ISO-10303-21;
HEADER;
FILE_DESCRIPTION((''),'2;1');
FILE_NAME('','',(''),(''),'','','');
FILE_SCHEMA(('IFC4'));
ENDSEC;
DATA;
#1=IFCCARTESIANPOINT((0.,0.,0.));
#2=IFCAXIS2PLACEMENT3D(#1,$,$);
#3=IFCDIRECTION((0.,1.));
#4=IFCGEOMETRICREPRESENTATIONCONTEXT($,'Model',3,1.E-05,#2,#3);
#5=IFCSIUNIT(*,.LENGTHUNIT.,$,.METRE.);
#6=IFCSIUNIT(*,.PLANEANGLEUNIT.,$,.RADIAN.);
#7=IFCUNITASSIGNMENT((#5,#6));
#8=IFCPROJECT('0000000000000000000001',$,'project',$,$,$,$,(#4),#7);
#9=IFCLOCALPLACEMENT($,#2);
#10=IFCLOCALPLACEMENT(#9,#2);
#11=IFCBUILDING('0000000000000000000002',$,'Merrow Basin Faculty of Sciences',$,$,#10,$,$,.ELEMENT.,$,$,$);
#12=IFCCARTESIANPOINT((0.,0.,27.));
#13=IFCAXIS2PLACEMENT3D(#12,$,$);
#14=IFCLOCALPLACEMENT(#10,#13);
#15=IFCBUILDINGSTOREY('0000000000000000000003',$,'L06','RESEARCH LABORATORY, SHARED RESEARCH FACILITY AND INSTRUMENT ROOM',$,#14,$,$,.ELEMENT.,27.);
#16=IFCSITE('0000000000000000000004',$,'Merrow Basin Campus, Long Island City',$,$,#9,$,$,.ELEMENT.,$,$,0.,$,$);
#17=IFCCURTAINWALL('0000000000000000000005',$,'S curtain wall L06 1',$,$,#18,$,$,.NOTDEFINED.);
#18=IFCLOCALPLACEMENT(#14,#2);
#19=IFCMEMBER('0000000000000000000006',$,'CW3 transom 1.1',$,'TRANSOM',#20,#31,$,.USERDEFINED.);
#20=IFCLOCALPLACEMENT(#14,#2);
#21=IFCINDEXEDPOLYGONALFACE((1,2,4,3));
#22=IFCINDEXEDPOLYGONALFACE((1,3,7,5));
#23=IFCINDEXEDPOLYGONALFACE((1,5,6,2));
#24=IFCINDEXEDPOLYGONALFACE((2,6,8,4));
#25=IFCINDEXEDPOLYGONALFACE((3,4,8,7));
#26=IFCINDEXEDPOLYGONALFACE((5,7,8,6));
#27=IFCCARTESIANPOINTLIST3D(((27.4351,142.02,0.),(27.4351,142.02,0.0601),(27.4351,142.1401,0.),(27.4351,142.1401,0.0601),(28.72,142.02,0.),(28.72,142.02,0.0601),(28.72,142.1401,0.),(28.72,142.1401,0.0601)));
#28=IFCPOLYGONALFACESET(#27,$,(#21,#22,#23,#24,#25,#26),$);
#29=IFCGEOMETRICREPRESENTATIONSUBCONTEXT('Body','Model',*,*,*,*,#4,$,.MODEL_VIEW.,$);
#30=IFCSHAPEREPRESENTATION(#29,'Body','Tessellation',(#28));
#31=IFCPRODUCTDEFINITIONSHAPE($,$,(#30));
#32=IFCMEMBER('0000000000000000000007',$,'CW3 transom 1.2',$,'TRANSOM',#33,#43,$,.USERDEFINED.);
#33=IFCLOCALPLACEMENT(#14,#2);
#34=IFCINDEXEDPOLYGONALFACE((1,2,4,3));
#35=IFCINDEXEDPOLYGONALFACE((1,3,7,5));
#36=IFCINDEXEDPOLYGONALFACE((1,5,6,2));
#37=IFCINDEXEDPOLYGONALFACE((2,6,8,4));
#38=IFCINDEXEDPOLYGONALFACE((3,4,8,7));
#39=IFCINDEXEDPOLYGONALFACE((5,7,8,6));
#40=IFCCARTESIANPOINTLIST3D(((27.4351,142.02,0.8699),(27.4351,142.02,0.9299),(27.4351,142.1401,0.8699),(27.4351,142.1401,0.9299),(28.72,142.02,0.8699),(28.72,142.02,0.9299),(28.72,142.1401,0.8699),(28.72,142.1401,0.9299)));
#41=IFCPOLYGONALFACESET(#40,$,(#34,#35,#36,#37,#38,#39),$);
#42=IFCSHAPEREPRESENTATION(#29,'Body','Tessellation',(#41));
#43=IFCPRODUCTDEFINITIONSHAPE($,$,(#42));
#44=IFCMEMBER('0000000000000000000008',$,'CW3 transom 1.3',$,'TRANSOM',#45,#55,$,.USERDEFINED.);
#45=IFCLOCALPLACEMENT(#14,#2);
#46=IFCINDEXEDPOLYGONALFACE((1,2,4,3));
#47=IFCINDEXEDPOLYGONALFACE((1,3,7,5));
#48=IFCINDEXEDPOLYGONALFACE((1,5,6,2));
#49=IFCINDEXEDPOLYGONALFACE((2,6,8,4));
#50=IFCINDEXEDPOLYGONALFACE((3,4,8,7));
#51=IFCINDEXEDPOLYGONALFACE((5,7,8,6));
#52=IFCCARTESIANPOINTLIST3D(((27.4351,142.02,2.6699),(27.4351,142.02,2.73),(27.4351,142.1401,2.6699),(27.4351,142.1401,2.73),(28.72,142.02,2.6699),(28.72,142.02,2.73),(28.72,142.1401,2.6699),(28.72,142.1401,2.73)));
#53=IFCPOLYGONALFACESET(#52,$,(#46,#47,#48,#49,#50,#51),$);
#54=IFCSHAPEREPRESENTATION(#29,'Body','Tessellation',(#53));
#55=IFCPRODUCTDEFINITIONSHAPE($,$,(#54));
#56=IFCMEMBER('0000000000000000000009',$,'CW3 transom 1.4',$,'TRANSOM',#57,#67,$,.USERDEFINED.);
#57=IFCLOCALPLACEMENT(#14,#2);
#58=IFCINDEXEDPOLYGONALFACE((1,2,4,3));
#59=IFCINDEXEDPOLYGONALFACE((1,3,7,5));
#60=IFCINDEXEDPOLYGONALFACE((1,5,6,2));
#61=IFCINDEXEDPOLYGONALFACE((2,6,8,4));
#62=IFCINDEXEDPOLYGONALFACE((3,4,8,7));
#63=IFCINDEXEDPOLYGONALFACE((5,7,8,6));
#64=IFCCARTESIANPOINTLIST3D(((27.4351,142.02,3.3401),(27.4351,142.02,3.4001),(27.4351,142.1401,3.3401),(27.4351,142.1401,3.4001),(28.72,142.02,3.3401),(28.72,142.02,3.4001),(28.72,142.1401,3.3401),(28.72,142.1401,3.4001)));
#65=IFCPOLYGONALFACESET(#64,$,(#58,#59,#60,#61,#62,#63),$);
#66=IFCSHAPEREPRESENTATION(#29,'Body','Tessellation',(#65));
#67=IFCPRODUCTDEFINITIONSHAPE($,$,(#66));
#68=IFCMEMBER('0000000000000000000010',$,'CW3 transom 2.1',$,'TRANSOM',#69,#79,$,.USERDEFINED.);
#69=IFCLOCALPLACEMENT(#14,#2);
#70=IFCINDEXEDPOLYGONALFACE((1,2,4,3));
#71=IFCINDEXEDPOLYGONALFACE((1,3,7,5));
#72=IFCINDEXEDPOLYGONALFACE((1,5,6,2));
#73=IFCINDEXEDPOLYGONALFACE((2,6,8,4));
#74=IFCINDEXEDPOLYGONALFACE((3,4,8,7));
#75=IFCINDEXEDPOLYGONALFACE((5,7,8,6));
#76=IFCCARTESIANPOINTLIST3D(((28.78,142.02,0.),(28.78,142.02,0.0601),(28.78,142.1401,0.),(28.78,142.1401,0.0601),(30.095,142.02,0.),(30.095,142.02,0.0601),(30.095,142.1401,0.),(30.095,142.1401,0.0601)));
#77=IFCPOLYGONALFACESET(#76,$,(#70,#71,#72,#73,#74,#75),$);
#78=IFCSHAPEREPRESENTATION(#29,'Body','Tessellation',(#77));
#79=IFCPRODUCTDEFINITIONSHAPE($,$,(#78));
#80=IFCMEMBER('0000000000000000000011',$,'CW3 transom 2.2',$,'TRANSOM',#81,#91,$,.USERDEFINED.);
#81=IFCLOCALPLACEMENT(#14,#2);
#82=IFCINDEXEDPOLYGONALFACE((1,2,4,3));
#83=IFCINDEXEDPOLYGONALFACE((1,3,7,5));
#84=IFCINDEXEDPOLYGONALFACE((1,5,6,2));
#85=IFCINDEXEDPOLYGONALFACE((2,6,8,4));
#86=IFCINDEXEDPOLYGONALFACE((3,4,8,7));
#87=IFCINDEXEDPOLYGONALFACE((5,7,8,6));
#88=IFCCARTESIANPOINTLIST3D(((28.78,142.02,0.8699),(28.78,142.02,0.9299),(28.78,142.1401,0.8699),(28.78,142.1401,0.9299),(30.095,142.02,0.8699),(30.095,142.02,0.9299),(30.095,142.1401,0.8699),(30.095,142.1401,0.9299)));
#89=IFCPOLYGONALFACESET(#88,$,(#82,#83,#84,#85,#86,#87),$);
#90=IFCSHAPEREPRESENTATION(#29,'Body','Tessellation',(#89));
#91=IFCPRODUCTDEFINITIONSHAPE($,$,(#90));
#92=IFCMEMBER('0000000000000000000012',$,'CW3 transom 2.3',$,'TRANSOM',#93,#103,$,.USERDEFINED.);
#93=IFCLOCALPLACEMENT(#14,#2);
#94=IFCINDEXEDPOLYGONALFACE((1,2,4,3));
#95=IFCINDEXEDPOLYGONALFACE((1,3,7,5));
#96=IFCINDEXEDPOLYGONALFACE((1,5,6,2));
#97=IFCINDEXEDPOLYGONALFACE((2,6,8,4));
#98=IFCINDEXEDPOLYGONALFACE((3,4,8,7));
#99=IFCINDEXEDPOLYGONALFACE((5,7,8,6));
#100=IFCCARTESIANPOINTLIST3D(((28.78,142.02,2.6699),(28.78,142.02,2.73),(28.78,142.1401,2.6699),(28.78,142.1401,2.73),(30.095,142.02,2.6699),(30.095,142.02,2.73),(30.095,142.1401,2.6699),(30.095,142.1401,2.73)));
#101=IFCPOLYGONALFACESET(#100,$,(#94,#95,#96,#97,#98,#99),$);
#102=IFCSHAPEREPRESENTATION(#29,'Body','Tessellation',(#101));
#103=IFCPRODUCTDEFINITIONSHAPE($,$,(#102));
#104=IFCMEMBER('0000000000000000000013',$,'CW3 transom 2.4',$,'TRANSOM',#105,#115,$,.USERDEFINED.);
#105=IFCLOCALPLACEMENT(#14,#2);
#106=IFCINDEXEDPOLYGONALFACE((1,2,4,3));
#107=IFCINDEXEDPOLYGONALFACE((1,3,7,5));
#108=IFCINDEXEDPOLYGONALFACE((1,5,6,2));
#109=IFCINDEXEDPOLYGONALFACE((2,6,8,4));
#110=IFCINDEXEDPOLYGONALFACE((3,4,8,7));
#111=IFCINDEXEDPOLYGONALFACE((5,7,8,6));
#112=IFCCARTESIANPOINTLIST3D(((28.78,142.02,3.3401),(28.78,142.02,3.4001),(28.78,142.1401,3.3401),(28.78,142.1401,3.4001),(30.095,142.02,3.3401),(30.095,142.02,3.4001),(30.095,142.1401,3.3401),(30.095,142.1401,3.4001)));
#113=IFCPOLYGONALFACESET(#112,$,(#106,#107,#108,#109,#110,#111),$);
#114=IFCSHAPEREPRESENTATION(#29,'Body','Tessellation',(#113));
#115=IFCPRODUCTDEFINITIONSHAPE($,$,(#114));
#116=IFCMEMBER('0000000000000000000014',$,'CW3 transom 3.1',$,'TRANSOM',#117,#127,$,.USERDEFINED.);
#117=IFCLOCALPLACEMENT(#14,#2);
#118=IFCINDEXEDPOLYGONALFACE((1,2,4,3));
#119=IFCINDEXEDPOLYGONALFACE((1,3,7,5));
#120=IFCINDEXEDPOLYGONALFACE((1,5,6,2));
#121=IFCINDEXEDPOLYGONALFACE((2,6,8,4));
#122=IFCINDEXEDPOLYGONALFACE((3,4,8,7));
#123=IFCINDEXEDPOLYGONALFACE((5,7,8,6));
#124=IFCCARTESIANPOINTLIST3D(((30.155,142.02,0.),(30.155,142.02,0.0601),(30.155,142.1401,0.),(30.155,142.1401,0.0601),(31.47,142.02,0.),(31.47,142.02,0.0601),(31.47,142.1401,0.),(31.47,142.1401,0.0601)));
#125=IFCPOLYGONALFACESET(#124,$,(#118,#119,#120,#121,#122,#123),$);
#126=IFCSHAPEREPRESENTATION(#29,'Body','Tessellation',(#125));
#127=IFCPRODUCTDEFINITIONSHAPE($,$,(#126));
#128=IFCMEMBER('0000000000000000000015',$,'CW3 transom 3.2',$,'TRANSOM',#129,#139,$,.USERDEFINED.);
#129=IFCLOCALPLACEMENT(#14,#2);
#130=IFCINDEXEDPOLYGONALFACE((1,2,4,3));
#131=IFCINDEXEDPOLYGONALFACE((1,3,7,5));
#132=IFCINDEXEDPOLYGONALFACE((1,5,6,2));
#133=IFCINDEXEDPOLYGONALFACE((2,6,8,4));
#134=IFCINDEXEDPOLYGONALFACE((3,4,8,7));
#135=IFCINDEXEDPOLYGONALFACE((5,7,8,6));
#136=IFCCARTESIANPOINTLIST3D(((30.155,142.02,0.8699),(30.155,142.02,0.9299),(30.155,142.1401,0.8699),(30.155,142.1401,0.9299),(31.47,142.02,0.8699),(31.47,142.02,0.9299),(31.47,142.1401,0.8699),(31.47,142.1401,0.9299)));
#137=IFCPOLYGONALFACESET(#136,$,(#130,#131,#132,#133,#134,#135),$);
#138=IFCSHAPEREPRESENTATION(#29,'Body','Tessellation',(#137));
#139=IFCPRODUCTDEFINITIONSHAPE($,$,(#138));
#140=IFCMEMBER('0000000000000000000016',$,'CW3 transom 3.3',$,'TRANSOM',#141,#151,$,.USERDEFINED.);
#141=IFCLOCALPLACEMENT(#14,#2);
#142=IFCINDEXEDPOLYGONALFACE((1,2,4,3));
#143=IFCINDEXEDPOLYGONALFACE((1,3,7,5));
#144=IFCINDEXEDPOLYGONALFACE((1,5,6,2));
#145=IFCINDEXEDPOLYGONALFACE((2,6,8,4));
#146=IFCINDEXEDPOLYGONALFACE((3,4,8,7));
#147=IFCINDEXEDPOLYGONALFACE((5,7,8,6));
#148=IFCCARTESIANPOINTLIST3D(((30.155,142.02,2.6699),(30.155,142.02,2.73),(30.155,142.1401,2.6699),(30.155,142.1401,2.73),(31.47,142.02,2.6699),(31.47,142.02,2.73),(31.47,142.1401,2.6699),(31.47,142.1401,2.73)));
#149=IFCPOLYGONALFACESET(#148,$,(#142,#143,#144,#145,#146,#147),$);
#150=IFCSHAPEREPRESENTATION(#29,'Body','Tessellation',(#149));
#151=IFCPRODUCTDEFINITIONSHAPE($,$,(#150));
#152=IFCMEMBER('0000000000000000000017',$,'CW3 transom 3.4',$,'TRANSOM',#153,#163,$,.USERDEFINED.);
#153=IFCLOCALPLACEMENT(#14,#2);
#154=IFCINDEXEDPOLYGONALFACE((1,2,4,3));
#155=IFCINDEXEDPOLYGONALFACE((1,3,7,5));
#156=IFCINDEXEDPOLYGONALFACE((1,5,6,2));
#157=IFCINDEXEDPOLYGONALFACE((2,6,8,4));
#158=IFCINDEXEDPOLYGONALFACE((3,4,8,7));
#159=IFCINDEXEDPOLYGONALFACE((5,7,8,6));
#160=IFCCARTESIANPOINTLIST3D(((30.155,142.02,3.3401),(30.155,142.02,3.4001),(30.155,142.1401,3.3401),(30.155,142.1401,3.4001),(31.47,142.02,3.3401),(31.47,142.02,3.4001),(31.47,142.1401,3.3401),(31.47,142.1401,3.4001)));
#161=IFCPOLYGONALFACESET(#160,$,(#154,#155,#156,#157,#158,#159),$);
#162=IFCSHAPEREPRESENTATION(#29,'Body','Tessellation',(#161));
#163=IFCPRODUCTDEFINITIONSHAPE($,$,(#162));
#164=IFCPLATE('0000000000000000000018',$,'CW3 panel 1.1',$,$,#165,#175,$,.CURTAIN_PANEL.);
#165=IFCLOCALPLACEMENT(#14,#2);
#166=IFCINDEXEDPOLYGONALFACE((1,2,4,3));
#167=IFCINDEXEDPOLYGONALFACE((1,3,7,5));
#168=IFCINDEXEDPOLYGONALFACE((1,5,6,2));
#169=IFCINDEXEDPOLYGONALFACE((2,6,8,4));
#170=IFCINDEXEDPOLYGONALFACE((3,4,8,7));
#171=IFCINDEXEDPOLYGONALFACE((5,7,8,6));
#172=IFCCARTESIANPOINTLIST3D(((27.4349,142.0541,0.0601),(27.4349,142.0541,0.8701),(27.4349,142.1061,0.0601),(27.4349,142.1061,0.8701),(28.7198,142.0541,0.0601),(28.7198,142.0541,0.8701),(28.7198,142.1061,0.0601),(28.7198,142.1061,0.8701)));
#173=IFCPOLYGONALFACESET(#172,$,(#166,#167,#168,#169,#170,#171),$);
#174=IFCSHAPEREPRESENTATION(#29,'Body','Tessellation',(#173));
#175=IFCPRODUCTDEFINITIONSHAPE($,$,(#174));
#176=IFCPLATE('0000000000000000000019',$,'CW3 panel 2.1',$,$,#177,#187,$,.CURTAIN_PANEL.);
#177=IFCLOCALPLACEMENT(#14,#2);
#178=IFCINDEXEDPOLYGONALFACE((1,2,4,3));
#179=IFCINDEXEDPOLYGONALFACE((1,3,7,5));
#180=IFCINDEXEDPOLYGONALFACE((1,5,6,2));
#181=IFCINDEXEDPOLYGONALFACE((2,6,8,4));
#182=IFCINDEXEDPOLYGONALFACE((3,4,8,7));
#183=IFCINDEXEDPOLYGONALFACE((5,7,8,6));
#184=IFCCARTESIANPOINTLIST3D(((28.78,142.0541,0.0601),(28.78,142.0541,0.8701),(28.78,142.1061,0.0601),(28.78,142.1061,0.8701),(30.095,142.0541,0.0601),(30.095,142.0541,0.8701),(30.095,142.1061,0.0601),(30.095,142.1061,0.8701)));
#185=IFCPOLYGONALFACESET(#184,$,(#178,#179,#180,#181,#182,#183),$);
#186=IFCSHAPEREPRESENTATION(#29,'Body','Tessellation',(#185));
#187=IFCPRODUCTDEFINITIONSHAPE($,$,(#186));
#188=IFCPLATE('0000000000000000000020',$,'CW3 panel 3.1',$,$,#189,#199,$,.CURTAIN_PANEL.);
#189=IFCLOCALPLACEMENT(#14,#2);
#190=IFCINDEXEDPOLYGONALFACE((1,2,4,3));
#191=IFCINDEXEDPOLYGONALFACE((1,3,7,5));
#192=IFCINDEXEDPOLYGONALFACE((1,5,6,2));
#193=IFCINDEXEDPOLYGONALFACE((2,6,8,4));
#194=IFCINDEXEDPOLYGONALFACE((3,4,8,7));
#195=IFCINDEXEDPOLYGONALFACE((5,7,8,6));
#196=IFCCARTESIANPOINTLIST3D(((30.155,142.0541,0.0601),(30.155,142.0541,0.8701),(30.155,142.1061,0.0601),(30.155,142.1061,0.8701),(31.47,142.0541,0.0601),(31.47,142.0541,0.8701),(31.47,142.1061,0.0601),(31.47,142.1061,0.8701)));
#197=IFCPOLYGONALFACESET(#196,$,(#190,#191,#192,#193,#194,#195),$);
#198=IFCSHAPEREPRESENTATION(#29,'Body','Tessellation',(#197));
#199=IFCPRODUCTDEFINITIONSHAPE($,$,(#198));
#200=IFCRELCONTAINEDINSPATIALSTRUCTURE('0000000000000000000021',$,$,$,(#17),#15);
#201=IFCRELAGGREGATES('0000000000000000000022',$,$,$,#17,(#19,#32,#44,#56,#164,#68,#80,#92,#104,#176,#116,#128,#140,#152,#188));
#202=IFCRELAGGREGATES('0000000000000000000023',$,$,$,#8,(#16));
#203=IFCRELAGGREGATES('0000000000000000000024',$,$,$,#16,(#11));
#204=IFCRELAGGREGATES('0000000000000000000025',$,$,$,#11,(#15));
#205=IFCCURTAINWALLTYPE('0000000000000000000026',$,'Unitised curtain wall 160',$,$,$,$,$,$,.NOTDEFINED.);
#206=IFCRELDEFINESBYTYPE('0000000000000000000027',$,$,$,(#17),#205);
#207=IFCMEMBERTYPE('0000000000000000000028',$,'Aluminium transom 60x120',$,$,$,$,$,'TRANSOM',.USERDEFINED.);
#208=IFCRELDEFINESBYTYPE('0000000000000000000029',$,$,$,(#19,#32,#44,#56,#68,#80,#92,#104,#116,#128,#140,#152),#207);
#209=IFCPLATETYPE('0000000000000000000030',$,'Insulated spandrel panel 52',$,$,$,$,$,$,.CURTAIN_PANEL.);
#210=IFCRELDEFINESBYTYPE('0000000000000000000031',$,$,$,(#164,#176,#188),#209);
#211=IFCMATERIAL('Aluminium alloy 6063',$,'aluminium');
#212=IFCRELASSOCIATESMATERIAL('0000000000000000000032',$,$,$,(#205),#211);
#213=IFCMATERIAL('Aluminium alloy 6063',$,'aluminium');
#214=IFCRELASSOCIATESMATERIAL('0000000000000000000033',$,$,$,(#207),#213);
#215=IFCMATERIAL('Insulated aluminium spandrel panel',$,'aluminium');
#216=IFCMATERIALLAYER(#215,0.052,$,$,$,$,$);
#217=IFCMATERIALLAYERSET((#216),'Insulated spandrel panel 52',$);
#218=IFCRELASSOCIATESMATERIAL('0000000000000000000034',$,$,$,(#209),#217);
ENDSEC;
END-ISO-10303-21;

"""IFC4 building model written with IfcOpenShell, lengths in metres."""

from ifc_helpers import new_model, si_unit, direction, frame, origin, origin_2d, place, context, subcontext, project, spatial, rectangle, extrude, material, layer, layer_set, material_profile, profile_set, type_object, element, aggregate, save


model = new_model("IFC4")

# Units and contexts
model_context = context("Model", 3, precision=1e-05, world=origin(), true_north=direction((0.0, 1.0)))
body_context = subcontext(model_context, "Body", "Model", "MODEL_VIEW")
ifc_project = project(units=[si_unit("LENGTHUNIT", "METRE"), si_unit("PLANEANGLEUNIT", "RADIAN")], contexts=[model_context])

# Site, building, storey
site_placement = place(None, origin())
site = spatial("IfcSite", under=ifc_project, at=site_placement, Name="Merrow Basin Campus, Long Island City", CompositionType="ELEMENT", RefElevation=0.0)
building_placement = place(site_placement, origin())
building = spatial("IfcBuilding", under=site, at=building_placement, Name="Merrow Basin Faculty of Sciences", CompositionType="ELEMENT")
storey_placement = place(building_placement, frame((0.0, 0.0, 27.0)))
storey = spatial("IfcBuildingStorey", under=building, at=storey_placement, Name="L06", Description="RESEARCH LABORATORY, SHARED RESEARCH FACILITY AND INSTRUMENT ROOM", CompositionType="ELEMENT", Elevation=27.0)

# Curtain wall, members, plates
ifc_material_1 = material(Name="Aluminium alloy 6063", Category="aluminium")
curtain_wall_type = type_object("IfcCurtainWallType", Name="Unitised curtain wall 160", PredefinedType="NOTDEFINED", material=ifc_material_1)
curtain_wall_placement = place(storey_placement, origin())
curtain_wall = element("IfcCurtainWall", 1, at=curtain_wall_placement, inside=storey, type_object=curtain_wall_type, Name="S curtain wall L06 1", PredefinedType="NOTDEFINED")
ifc_material_2 = material(Name="Aluminium alloy 6063", Category="aluminium")
ifc_material_profile = material_profile(ifc_material_2, rectangle(XDim=0.1201, YDim=0.0601, at=origin_2d()))
ifc_profile_set = profile_set([ifc_material_profile], Name="Aluminium alloy 6063")
member_type = type_object("IfcMemberType", Name="Aluminium transom 60x120", ElementType="TRANSOM", PredefinedType="USERDEFINED", material=ifc_profile_set)
member_1_placement = place(storey_placement, frame((27.4351, 142.0801, 0.03), z_axis=(1.0, 0.0, 0.0), x_axis=(0.0, 1.0, 0.0)))
member_1 = element("IfcMember", 2, at=member_1_placement, type_object=member_type, Name="CW3 transom 1.1", ObjectType="TRANSOM", PredefinedType="USERDEFINED", context=body_context, shape_type="SweptSolid", body=[
    extrude(rectangle(XDim=0.1201, YDim=0.0601, at=origin_2d()), origin(), (0.0, 0.0, 1.0), 1.2849),
])
member_2_placement = place(storey_placement, frame((27.4351, 142.0801, 0.8999), z_axis=(1.0, 0.0, 0.0), x_axis=(0.0, 1.0, 0.0)))
member_2 = element("IfcMember", 3, at=member_2_placement, type_object=member_type, Name="CW3 transom 1.2", ObjectType="TRANSOM", PredefinedType="USERDEFINED", context=body_context, shape_type="SweptSolid", body=[
    extrude(rectangle(XDim=0.1201, YDim=0.0601, at=origin_2d()), origin(), (0.0, 0.0, 1.0), 1.2849),
])
member_3_placement = place(storey_placement, frame((27.4351, 142.0801, 2.7), z_axis=(1.0, 0.0, 0.0), x_axis=(0.0, 1.0, 0.0)))
member_3 = element("IfcMember", 4, at=member_3_placement, type_object=member_type, Name="CW3 transom 1.3", ObjectType="TRANSOM", PredefinedType="USERDEFINED", context=body_context, shape_type="SweptSolid", body=[
    extrude(rectangle(XDim=0.1201, YDim=0.0601, at=origin_2d()), origin(), (0.0, 0.0, 1.0), 1.2849),
])
member_4_placement = place(storey_placement, frame((27.4351, 142.0801, 3.3701), z_axis=(1.0, 0.0, 0.0), x_axis=(0.0, 1.0, 0.0)))
member_4 = element("IfcMember", 5, at=member_4_placement, type_object=member_type, Name="CW3 transom 1.4", ObjectType="TRANSOM", PredefinedType="USERDEFINED", context=body_context, shape_type="SweptSolid", body=[
    extrude(rectangle(XDim=0.1201, YDim=0.0601, at=origin_2d()), origin(), (0.0, 0.0, 1.0), 1.2849),
])
member_5_placement = place(storey_placement, frame((28.78, 142.0801, 0.03), z_axis=(1.0, 0.0, 0.0), x_axis=(0.0, 1.0, 0.0)))
member_5 = element("IfcMember", 6, at=member_5_placement, type_object=member_type, Name="CW3 transom 2.1", ObjectType="TRANSOM", PredefinedType="USERDEFINED", context=body_context, shape_type="SweptSolid", body=[
    extrude(rectangle(XDim=0.1201, YDim=0.0601, at=origin_2d()), origin(), (0.0, 0.0, 1.0), 1.3149),
])
member_6_placement = place(storey_placement, frame((28.78, 142.0801, 0.8999), z_axis=(1.0, 0.0, 0.0), x_axis=(0.0, 1.0, 0.0)))
member_6 = element("IfcMember", 7, at=member_6_placement, type_object=member_type, Name="CW3 transom 2.2", ObjectType="TRANSOM", PredefinedType="USERDEFINED", context=body_context, shape_type="SweptSolid", body=[
    extrude(rectangle(XDim=0.1201, YDim=0.0601, at=origin_2d()), origin(), (0.0, 0.0, 1.0), 1.3149),
])
member_7_placement = place(storey_placement, frame((28.78, 142.0801, 2.7), z_axis=(1.0, 0.0, 0.0), x_axis=(0.0, 1.0, 0.0)))
member_7 = element("IfcMember", 8, at=member_7_placement, type_object=member_type, Name="CW3 transom 2.3", ObjectType="TRANSOM", PredefinedType="USERDEFINED", context=body_context, shape_type="SweptSolid", body=[
    extrude(rectangle(XDim=0.1201, YDim=0.0601, at=origin_2d()), origin(), (0.0, 0.0, 1.0), 1.3149),
])
member_8_placement = place(storey_placement, frame((28.78, 142.0801, 3.3701), z_axis=(1.0, 0.0, 0.0), x_axis=(0.0, 1.0, 0.0)))
member_8 = element("IfcMember", 9, at=member_8_placement, type_object=member_type, Name="CW3 transom 2.4", ObjectType="TRANSOM", PredefinedType="USERDEFINED", context=body_context, shape_type="SweptSolid", body=[
    extrude(rectangle(XDim=0.1201, YDim=0.0601, at=origin_2d()), origin(), (0.0, 0.0, 1.0), 1.3149),
])
member_9_placement = place(storey_placement, frame((30.155, 142.0801, 0.03), z_axis=(1.0, 0.0, 0.0), x_axis=(0.0, 1.0, 0.0)))
member_9 = element("IfcMember", 10, at=member_9_placement, type_object=member_type, Name="CW3 transom 3.1", ObjectType="TRANSOM", PredefinedType="USERDEFINED", context=body_context, shape_type="SweptSolid", body=[
    extrude(rectangle(XDim=0.1201, YDim=0.0601, at=origin_2d()), origin(), (0.0, 0.0, 1.0), 1.3149),
])
member_10_placement = place(storey_placement, frame((30.155, 142.0801, 0.8999), z_axis=(1.0, 0.0, 0.0), x_axis=(0.0, 1.0, 0.0)))
member_10 = element("IfcMember", 11, at=member_10_placement, type_object=member_type, Name="CW3 transom 3.2", ObjectType="TRANSOM", PredefinedType="USERDEFINED", context=body_context, shape_type="SweptSolid", body=[
    extrude(rectangle(XDim=0.1201, YDim=0.0601, at=origin_2d()), origin(), (0.0, 0.0, 1.0), 1.3149),
])
member_11_placement = place(storey_placement, frame((30.155, 142.0801, 2.7), z_axis=(1.0, 0.0, 0.0), x_axis=(0.0, 1.0, 0.0)))
member_11 = element("IfcMember", 12, at=member_11_placement, type_object=member_type, Name="CW3 transom 3.3", ObjectType="TRANSOM", PredefinedType="USERDEFINED", context=body_context, shape_type="SweptSolid", body=[
    extrude(rectangle(XDim=0.1201, YDim=0.0601, at=origin_2d()), origin(), (0.0, 0.0, 1.0), 1.3149),
])
member_12_placement = place(storey_placement, frame((30.155, 142.0801, 3.3701), z_axis=(1.0, 0.0, 0.0), x_axis=(0.0, 1.0, 0.0)))
member_12 = element("IfcMember", 13, at=member_12_placement, type_object=member_type, Name="CW3 transom 3.4", ObjectType="TRANSOM", PredefinedType="USERDEFINED", context=body_context, shape_type="SweptSolid", body=[
    extrude(rectangle(XDim=0.1201, YDim=0.0601, at=origin_2d()), origin(), (0.0, 0.0, 1.0), 1.3149),
])
ifc_material_3 = material(Name="Insulated aluminium spandrel panel", Category="aluminium")
ifc_layer_1 = layer(ifc_material_3, 0.052)
ifc_layer_set_1 = layer_set([ifc_layer_1], Name="Insulated spandrel panel 52")
plate_type_1 = type_object("IfcPlateType", Name="Insulated spandrel panel 52", PredefinedType="CURTAIN_PANEL", material=ifc_layer_set_1)
plate_1_placement = place(storey_placement, frame((28.0774, 142.0801, 0.0601), z_axis=(0.0, 0.0, 1.0), x_axis=(1.0, 0.0, 0.0)))
plate_1 = element("IfcPlate", 14, at=plate_1_placement, type_object=plate_type_1, Name="CW3 panel 1.1", PredefinedType="CURTAIN_PANEL", context=body_context, shape_type="SweptSolid", body=[
    extrude(rectangle(XDim=1.2849, YDim=0.052, at=origin_2d()), origin(), (0.0, 0.0, 1.0), 0.8101),
])
plate_2_placement = place(storey_placement, frame((29.4375, 142.0801, 0.0601), z_axis=(0.0, 0.0, 1.0), x_axis=(1.0, 0.0, 0.0)))
plate_2 = element("IfcPlate", 15, at=plate_2_placement, type_object=plate_type_1, Name="CW3 panel 2.1", PredefinedType="CURTAIN_PANEL", context=body_context, shape_type="SweptSolid", body=[
    extrude(rectangle(XDim=1.3149, YDim=0.052, at=origin_2d()), origin(), (0.0, 0.0, 1.0), 0.8101),
])
plate_3_placement = place(storey_placement, frame((30.8125, 142.0801, 0.0601), z_axis=(0.0, 0.0, 1.0), x_axis=(1.0, 0.0, 0.0)))
plate_3 = element("IfcPlate", 16, at=plate_3_placement, type_object=plate_type_1, Name="CW3 panel 3.1", PredefinedType="CURTAIN_PANEL", context=body_context, shape_type="SweptSolid", body=[
    extrude(rectangle(XDim=1.3149, YDim=0.052, at=origin_2d()), origin(), (0.0, 0.0, 1.0), 0.8101),
])
aggregate(curtain_wall, [member_1, member_2, member_3, member_4, plate_1, member_5, member_6, member_7, member_8, plate_2, member_9, member_10, member_11, member_12, plate_3])

save(model, "model.ifc")
